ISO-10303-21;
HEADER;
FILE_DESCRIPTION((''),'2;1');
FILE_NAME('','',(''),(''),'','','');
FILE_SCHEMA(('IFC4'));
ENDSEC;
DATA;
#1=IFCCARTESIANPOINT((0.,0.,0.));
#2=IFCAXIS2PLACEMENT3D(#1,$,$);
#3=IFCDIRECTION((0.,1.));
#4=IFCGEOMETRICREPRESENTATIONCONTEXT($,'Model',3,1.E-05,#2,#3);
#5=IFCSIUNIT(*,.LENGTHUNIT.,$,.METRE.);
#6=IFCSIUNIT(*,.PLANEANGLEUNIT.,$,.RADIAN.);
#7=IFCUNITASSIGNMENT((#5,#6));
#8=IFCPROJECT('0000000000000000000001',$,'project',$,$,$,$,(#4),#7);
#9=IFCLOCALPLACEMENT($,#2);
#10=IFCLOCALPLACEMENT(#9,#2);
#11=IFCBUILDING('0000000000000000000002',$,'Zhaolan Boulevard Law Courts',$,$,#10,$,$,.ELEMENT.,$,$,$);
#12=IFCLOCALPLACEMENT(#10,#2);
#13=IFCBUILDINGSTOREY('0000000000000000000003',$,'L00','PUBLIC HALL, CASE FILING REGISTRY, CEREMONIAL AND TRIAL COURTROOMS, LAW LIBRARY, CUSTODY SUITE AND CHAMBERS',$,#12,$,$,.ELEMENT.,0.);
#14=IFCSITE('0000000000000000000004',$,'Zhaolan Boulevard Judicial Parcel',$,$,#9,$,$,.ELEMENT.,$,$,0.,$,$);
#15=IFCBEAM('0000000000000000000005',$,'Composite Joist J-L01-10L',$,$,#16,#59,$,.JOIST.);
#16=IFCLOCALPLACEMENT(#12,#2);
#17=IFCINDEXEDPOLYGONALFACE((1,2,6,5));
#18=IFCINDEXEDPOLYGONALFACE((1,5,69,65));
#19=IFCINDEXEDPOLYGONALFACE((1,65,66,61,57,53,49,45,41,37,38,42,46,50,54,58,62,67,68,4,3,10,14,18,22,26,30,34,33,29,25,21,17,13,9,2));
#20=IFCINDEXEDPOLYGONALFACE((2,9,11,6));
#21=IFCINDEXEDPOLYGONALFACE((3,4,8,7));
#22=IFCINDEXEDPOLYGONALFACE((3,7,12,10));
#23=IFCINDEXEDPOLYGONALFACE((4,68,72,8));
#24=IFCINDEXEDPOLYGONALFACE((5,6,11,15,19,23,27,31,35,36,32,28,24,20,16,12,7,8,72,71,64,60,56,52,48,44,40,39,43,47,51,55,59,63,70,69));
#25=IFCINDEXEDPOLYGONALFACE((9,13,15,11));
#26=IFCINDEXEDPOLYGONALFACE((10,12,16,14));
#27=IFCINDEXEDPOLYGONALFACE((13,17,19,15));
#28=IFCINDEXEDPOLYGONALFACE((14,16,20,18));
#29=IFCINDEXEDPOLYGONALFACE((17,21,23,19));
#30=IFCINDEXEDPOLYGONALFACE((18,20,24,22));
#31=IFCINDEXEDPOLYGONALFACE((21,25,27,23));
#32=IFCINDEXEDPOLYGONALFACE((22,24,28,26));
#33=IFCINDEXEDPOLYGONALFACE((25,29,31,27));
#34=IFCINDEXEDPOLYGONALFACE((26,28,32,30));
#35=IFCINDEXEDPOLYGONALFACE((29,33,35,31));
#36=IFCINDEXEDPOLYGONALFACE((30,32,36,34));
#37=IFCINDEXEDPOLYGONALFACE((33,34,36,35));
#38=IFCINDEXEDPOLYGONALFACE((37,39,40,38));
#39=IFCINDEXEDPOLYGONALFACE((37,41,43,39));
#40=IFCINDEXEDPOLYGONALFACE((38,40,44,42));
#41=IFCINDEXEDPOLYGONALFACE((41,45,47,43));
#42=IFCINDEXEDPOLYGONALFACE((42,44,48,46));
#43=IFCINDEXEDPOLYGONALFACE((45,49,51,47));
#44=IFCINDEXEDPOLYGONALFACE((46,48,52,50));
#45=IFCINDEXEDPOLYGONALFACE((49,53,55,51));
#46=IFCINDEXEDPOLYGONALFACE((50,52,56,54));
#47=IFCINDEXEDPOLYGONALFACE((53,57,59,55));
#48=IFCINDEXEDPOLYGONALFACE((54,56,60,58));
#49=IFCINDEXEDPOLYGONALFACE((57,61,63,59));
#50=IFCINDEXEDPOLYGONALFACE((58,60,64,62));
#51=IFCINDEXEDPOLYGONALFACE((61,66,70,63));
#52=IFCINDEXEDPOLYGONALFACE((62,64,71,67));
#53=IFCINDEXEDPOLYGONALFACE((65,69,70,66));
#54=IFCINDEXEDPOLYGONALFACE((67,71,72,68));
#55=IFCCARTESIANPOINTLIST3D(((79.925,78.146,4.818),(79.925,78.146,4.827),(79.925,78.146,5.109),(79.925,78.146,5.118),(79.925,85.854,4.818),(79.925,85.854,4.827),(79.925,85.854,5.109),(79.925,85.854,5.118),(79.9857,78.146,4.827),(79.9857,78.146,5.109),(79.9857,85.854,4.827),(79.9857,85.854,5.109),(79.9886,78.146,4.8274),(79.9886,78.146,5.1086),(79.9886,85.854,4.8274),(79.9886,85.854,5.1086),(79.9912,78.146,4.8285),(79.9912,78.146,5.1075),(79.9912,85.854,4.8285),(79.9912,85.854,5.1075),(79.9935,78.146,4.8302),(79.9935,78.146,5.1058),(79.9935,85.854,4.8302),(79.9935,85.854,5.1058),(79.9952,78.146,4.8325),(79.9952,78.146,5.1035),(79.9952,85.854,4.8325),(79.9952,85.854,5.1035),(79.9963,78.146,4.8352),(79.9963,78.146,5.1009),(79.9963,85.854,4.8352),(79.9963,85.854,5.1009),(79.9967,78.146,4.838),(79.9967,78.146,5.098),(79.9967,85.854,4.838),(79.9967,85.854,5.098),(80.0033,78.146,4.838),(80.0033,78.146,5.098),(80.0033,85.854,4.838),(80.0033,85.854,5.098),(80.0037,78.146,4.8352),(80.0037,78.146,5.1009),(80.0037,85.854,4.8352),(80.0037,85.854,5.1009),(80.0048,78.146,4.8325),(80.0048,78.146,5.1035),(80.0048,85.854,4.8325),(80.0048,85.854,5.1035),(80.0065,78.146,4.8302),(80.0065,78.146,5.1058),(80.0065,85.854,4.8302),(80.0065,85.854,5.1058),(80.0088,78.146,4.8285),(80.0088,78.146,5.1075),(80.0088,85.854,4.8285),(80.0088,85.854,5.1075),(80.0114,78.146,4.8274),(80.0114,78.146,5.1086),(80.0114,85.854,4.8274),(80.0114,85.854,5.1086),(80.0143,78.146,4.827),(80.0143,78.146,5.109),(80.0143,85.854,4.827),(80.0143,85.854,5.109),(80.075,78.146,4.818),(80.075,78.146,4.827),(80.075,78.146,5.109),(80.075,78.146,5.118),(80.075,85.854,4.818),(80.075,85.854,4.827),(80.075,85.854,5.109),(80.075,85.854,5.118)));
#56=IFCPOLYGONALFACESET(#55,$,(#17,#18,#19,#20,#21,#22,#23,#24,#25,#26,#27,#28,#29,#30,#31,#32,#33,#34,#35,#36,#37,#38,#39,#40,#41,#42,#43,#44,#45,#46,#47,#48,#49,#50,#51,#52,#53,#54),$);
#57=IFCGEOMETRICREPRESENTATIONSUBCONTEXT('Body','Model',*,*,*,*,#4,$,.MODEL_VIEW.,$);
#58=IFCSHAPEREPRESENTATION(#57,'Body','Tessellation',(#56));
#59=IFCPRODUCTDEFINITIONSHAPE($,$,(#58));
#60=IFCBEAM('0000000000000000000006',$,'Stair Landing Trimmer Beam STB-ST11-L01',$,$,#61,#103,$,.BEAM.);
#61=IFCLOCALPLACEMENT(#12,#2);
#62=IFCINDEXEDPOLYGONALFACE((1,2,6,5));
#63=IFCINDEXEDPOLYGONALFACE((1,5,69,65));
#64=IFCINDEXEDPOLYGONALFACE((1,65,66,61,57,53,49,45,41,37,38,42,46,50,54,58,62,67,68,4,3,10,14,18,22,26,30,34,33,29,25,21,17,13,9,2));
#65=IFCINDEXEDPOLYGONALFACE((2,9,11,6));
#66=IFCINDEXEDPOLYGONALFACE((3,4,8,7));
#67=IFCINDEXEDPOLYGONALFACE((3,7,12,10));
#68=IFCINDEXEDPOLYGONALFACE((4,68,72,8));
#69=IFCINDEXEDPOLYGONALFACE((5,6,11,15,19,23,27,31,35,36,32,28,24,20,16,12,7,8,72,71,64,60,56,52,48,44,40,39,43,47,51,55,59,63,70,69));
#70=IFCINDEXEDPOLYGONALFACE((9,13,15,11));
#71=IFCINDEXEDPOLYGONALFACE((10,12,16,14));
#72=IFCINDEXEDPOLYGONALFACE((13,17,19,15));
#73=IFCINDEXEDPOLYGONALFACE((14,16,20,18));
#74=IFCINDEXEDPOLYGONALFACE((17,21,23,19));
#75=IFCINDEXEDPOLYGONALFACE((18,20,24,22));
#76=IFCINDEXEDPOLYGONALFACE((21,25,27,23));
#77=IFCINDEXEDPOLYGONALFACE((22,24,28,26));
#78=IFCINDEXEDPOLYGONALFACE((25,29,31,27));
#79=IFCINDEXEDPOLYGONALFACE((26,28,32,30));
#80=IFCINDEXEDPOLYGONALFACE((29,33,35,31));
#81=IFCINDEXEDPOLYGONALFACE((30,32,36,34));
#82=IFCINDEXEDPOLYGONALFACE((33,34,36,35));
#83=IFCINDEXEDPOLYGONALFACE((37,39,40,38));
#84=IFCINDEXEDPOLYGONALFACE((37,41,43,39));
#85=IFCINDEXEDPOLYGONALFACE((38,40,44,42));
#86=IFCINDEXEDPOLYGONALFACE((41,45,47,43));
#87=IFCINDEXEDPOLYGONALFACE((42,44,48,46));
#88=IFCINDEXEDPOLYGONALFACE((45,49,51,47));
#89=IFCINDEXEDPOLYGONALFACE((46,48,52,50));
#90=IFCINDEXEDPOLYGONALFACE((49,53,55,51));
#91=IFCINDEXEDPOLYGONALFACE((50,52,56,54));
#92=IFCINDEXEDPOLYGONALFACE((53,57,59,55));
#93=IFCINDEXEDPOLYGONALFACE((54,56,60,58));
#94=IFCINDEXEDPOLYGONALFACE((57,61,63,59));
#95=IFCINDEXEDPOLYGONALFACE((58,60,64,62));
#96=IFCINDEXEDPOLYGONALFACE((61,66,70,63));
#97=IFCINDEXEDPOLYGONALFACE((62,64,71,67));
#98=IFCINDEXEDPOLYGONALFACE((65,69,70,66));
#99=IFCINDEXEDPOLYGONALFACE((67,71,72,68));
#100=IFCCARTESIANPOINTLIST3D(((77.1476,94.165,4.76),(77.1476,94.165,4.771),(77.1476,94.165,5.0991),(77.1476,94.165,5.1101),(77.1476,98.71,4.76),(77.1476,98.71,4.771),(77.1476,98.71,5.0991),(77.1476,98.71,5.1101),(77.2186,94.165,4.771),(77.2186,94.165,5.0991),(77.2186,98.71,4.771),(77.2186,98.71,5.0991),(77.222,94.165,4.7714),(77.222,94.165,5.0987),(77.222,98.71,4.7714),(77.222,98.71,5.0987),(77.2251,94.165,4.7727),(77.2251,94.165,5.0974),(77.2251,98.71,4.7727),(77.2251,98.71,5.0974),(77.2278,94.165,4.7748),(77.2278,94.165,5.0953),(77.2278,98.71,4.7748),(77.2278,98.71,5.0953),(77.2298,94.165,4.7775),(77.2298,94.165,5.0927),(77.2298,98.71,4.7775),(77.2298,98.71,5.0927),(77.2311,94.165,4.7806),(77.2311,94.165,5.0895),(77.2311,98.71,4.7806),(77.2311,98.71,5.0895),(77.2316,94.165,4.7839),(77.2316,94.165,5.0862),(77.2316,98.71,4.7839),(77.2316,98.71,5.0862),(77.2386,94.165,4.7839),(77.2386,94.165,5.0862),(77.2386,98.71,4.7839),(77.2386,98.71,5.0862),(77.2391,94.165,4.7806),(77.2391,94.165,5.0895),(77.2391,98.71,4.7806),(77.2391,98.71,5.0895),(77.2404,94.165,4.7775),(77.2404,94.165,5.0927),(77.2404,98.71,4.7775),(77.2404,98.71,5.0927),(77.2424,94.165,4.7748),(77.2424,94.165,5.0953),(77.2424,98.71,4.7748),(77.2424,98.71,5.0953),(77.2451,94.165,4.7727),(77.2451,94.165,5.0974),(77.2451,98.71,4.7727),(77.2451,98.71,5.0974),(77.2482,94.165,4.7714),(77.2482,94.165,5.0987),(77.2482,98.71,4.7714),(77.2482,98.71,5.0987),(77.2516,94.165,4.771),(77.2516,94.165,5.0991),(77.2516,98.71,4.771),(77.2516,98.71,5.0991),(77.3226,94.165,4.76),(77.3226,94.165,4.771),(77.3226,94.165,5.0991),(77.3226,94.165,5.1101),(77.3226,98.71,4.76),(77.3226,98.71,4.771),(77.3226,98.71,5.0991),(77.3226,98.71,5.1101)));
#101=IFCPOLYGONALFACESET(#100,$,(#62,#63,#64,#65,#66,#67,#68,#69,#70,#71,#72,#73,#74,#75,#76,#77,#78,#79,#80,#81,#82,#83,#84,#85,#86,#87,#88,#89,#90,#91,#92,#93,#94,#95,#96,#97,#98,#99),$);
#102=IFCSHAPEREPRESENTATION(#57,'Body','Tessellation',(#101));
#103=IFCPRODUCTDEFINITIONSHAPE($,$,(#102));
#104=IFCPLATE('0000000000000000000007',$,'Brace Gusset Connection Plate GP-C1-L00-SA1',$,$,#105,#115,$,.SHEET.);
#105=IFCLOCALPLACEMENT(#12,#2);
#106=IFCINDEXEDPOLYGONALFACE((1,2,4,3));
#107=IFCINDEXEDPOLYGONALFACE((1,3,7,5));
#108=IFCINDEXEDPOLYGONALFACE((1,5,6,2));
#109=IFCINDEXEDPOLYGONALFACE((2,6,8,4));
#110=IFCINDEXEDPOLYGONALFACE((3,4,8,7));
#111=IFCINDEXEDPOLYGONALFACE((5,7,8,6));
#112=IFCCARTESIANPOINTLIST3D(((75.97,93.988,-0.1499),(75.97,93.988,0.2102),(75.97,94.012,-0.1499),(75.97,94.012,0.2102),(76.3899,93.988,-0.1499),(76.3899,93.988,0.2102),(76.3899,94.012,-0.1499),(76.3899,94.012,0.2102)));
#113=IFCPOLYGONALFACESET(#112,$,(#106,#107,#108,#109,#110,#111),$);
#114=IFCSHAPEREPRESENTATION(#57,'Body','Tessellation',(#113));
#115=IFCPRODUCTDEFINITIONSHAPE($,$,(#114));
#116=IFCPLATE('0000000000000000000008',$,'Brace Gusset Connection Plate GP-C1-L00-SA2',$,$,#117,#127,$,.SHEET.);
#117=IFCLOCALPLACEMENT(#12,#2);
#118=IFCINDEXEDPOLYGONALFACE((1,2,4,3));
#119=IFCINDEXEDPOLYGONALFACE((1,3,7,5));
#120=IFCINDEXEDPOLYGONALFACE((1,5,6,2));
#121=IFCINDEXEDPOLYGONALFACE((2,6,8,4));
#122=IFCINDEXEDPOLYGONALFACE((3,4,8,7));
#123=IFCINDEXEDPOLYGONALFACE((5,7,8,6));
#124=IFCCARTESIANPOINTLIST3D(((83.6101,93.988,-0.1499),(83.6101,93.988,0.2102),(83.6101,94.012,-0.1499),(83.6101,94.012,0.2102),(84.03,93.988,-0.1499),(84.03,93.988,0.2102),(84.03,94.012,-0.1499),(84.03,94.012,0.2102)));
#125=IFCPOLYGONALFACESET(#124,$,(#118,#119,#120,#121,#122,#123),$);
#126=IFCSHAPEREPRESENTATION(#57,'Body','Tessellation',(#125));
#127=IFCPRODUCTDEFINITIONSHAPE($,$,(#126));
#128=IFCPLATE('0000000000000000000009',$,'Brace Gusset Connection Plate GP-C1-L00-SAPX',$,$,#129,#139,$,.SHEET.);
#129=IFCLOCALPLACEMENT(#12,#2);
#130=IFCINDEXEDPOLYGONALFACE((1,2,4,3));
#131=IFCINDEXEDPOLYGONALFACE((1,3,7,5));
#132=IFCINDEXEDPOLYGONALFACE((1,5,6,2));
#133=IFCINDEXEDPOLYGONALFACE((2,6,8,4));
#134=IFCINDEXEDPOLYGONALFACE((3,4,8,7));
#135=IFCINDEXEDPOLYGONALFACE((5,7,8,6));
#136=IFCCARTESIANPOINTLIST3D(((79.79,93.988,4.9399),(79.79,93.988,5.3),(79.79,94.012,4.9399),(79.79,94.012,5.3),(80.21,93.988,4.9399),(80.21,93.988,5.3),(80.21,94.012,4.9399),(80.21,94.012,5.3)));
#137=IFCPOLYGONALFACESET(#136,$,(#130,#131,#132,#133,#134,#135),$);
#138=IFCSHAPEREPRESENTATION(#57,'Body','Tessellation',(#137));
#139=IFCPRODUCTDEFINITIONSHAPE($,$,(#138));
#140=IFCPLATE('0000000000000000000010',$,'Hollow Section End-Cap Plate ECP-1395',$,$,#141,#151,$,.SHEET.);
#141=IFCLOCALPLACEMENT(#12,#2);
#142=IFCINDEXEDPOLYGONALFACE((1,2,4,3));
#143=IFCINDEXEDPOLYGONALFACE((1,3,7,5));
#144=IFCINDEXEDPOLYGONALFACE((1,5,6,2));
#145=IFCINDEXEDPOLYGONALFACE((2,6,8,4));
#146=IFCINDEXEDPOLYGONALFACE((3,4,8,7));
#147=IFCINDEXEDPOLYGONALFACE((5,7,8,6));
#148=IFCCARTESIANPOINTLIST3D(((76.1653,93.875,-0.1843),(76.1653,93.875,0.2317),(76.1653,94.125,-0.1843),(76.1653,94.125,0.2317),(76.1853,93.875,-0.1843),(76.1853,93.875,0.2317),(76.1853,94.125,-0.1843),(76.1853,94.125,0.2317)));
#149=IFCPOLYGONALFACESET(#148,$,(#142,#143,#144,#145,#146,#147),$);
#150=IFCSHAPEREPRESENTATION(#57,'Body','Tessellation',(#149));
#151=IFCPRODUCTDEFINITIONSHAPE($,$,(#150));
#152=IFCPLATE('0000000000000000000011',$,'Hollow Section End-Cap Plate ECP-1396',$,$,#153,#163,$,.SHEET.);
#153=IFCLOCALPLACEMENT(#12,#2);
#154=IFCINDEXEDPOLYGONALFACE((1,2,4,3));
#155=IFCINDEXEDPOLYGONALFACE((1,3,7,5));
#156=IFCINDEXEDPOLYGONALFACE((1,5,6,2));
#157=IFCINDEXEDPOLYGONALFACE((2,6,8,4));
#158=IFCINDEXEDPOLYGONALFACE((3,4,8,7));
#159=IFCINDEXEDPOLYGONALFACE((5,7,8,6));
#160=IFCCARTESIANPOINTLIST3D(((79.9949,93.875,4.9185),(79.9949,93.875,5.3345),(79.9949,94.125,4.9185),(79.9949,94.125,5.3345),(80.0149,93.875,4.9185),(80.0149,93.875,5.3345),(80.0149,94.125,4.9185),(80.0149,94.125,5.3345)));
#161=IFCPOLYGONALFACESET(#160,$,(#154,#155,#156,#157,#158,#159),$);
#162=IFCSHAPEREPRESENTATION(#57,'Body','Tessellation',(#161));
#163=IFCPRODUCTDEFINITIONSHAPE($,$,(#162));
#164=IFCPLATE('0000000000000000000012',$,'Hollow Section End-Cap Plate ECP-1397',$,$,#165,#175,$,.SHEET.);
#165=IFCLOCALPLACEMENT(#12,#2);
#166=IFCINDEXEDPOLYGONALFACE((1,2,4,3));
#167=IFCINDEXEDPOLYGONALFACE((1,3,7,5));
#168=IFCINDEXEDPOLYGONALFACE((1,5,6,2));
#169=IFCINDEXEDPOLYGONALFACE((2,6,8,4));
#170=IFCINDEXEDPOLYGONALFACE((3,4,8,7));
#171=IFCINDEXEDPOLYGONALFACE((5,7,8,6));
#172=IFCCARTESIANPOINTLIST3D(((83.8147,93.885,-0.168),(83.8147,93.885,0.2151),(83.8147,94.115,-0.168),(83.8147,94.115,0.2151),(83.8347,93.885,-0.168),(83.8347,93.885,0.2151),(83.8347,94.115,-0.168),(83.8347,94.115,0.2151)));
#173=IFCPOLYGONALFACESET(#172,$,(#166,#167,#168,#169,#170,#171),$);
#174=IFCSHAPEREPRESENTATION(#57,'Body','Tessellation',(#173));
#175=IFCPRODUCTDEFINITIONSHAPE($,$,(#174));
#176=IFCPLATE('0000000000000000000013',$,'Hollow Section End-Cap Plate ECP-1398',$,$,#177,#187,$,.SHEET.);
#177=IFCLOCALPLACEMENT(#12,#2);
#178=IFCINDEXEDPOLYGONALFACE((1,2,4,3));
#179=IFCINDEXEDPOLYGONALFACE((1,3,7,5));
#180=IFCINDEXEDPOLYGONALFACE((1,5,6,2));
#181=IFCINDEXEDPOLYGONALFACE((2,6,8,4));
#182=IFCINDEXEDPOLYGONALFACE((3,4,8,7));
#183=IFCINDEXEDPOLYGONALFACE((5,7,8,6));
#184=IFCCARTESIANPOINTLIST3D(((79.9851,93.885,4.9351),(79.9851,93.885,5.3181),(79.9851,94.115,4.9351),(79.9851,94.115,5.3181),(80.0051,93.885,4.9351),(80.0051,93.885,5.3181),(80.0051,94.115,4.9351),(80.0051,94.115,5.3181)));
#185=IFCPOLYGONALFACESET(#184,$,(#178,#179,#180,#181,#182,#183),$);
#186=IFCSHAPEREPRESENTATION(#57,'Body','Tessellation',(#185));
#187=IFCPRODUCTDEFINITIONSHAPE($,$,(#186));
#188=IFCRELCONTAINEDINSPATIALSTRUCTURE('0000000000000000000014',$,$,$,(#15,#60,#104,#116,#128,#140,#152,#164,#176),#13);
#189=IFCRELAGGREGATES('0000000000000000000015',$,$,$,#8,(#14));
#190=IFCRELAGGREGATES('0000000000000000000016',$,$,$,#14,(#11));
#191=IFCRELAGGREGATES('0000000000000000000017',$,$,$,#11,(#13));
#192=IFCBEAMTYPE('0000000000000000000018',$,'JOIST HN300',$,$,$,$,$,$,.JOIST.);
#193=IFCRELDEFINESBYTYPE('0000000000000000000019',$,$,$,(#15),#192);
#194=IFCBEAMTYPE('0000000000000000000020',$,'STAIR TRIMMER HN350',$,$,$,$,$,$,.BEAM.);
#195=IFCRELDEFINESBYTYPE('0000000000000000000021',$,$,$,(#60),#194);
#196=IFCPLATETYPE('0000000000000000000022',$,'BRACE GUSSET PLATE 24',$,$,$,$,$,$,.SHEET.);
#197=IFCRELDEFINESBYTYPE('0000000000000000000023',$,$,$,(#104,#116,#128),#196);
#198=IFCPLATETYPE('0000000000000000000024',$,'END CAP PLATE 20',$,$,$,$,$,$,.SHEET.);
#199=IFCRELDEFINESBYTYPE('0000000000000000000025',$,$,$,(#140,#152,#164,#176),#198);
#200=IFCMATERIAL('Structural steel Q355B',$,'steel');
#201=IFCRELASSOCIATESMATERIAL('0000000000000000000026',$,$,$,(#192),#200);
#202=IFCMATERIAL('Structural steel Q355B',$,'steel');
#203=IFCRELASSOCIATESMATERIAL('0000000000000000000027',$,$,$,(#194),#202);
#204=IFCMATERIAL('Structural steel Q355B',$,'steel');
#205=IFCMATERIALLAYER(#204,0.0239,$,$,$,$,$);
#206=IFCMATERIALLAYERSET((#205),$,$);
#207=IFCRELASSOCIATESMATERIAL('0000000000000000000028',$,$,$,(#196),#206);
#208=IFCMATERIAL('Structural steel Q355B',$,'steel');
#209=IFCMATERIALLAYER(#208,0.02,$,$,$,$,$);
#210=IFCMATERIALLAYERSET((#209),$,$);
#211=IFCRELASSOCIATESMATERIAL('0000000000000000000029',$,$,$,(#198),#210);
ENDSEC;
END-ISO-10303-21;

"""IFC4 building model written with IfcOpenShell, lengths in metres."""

from ifc_helpers import new_model, si_unit, direction, frame, origin, origin_2d, place, context, subcontext, project, spatial, rectangle, i_section, extrude, material, layer, layer_set, material_profile, profile_set, type_object, element, save


model = new_model("IFC4")

# Units and contexts
model_context = context("Model", 3, precision=1e-05, world=origin(), true_north=direction((0.0, 1.0)))
body_context = subcontext(model_context, "Body", "Model", "MODEL_VIEW")
ifc_project = project(units=[si_unit("LENGTHUNIT", "METRE"), si_unit("PLANEANGLEUNIT", "RADIAN")], contexts=[model_context])

# Site, building, storey
site_placement = place(None, origin())
site = spatial("IfcSite", under=ifc_project, at=site_placement, Name="Zhaolan Boulevard Judicial Parcel", CompositionType="ELEMENT", RefElevation=0.0)
building_placement = place(site_placement, origin())
building = spatial("IfcBuilding", under=site, at=building_placement, Name="Zhaolan Boulevard Law Courts", CompositionType="ELEMENT")
storey_placement = place(building_placement, origin())
storey = spatial("IfcBuildingStorey", under=building, at=storey_placement, Name="L00", Description="PUBLIC HALL, CASE FILING REGISTRY, CEREMONIAL AND TRIAL COURTROOMS, LAW LIBRARY, CUSTODY SUITE AND CHAMBERS", CompositionType="ELEMENT", Elevation=0.0)

# Beams
ifc_material_1 = material(Name="Structural steel Q355B", Category="steel")
ifc_material_profile_1 = material_profile(ifc_material_1, i_section(OverallWidth=0.1499, OverallDepth=0.3, WebThickness=0.0066, FlangeThickness=0.009, FilletRadius=0.011, at=origin_2d()), Name="HN300x150")
ifc_profile_set_1 = profile_set([ifc_material_profile_1], Name="Structural steel Q355B")
beam_type_1 = type_object("IfcBeamType", Name="JOIST HN300", PredefinedType="JOIST", material=ifc_profile_set_1)
beam_1_placement = place(storey_placement, frame((80.0, 78.146, 4.968), z_axis=(0.0, 1.0, 0.0), x_axis=(-1.0, 0.0, 0.0)))
element("IfcBeam", 1, at=beam_1_placement, inside=storey, type_object=beam_type_1, Name="Composite Joist J-L01-10L", PredefinedType="JOIST", context=body_context, shape_type="SweptSolid", body=[
    extrude(i_section(OverallWidth=0.1499, OverallDepth=0.3, WebThickness=0.0066, FlangeThickness=0.009, FilletRadius=0.011, at=origin_2d()), origin(), (0.0, 0.0, 1.0), 7.708),
])
ifc_material_2 = material(Name="Structural steel Q355B", Category="steel")
ifc_material_profile_2 = material_profile(ifc_material_2, i_section(OverallWidth=0.175, OverallDepth=0.3501, WebThickness=0.0071, FlangeThickness=0.011, FilletRadius=0.0129, at=origin_2d()), Name="HN350x175")
ifc_profile_set_2 = profile_set([ifc_material_profile_2], Name="Structural steel Q355B")
beam_type_2 = type_object("IfcBeamType", Name="STAIR TRIMMER HN350", PredefinedType="BEAM", material=ifc_profile_set_2)
beam_2_placement = place(storey_placement, frame((77.2351, 94.165, 4.9351), z_axis=(0.0, 1.0, 0.0), x_axis=(-1.0, 0.0, 0.0)))
element("IfcBeam", 2, at=beam_2_placement, inside=storey, type_object=beam_type_2, Name="Stair Landing Trimmer Beam STB-ST11-L01", PredefinedType="BEAM", context=body_context, shape_type="SweptSolid", body=[
    extrude(i_section(OverallWidth=0.175, OverallDepth=0.3501, WebThickness=0.0071, FlangeThickness=0.011, FilletRadius=0.0129, at=origin_2d()), origin(), (0.0, 0.0, 1.0), 4.5449),
])

# Plates
ifc_material_3 = material(Name="Structural steel Q355B", Category="steel")
ifc_layer_1 = layer(ifc_material_3, 0.0239)
ifc_layer_set_1 = layer_set([ifc_layer_1])
plate_type_1 = type_object("IfcPlateType", Name="BRACE GUSSET PLATE 24", PredefinedType="SHEET", material=ifc_layer_set_1)
for number, where, z_axis, x_axis, name in (
    (3, (76.1799, 94.0, -0.1499), (0.0, 0.0, 1.0), (1.0, 0.0, 0.0), "Brace Gusset Connection Plate GP-C1-L00-SA1"),
    (4, (83.8201, 94.0, -0.1499), (0.0, 0.0, 1.0), (1.0, 0.0, 0.0), "Brace Gusset Connection Plate GP-C1-L00-SA2"),
    (5, (80.0, 94.0, 4.9399), (0.0, 0.0, 1.0), (1.0, 0.0, 0.0), "Brace Gusset Connection Plate GP-C1-L00-SAPX"),
):
    element("IfcPlate", number, at=place(storey_placement, frame(where, z_axis=z_axis, x_axis=x_axis)), inside=storey, type_object=plate_type_1, Name=name, PredefinedType="SHEET", context=body_context, shape_type="SweptSolid", body=[
        extrude(rectangle(XDim=0.4199, YDim=0.0239, at=origin_2d()), origin(), (0.0, 0.0, 1.0), 0.3601),
    ])
ifc_material_4 = material(Name="Structural steel Q355B", Category="steel")
ifc_layer_2 = layer(ifc_material_4, 0.02)
ifc_layer_set_2 = layer_set([ifc_layer_2])
plate_type_2 = type_object("IfcPlateType", Name="END CAP PLATE 20", PredefinedType="SHEET", material=ifc_layer_set_2)
for number, where, z_axis, x_axis, name in (
    (6, (76.1753, 94.0, -0.1843), (0.0, 0.0, 1.0), (1.0, 0.0, 0.0), "Hollow Section End-Cap Plate ECP-1395"),
    (7, (80.0049, 94.0, 4.9185), (0.0, 0.0, 1.0), (1.0, 0.0, 0.0), "Hollow Section End-Cap Plate ECP-1396"),
):
    element("IfcPlate", number, at=place(storey_placement, frame(where, z_axis=z_axis, x_axis=x_axis)), inside=storey, type_object=plate_type_2, Name=name, PredefinedType="SHEET", context=body_context, shape_type="SweptSolid", body=[
        extrude(rectangle(XDim=0.02, YDim=0.25, at=origin_2d()), origin(), (0.0, 0.0, 1.0), 0.416),
    ])
for number, where, z_axis, x_axis, name in (
    (8, (83.8247, 94.0, -0.168), (0.0, 0.0, 1.0), (-1.0, 0.0, 0.0), "Hollow Section End-Cap Plate ECP-1397"),
    (9, (79.9951, 94.0, 4.9351), (0.0, 0.0, 1.0), (-1.0, 0.0, 0.0), "Hollow Section End-Cap Plate ECP-1398"),
):
    element("IfcPlate", number, at=place(storey_placement, frame(where, z_axis=z_axis, x_axis=x_axis)), inside=storey, type_object=plate_type_2, Name=name, PredefinedType="SHEET", context=body_context, shape_type="SweptSolid", body=[
        extrude(rectangle(XDim=0.02, YDim=0.23, at=origin_2d()), origin(), (0.0, 0.0, 1.0), 0.3831),
    ])

save(model, "model.ifc")
